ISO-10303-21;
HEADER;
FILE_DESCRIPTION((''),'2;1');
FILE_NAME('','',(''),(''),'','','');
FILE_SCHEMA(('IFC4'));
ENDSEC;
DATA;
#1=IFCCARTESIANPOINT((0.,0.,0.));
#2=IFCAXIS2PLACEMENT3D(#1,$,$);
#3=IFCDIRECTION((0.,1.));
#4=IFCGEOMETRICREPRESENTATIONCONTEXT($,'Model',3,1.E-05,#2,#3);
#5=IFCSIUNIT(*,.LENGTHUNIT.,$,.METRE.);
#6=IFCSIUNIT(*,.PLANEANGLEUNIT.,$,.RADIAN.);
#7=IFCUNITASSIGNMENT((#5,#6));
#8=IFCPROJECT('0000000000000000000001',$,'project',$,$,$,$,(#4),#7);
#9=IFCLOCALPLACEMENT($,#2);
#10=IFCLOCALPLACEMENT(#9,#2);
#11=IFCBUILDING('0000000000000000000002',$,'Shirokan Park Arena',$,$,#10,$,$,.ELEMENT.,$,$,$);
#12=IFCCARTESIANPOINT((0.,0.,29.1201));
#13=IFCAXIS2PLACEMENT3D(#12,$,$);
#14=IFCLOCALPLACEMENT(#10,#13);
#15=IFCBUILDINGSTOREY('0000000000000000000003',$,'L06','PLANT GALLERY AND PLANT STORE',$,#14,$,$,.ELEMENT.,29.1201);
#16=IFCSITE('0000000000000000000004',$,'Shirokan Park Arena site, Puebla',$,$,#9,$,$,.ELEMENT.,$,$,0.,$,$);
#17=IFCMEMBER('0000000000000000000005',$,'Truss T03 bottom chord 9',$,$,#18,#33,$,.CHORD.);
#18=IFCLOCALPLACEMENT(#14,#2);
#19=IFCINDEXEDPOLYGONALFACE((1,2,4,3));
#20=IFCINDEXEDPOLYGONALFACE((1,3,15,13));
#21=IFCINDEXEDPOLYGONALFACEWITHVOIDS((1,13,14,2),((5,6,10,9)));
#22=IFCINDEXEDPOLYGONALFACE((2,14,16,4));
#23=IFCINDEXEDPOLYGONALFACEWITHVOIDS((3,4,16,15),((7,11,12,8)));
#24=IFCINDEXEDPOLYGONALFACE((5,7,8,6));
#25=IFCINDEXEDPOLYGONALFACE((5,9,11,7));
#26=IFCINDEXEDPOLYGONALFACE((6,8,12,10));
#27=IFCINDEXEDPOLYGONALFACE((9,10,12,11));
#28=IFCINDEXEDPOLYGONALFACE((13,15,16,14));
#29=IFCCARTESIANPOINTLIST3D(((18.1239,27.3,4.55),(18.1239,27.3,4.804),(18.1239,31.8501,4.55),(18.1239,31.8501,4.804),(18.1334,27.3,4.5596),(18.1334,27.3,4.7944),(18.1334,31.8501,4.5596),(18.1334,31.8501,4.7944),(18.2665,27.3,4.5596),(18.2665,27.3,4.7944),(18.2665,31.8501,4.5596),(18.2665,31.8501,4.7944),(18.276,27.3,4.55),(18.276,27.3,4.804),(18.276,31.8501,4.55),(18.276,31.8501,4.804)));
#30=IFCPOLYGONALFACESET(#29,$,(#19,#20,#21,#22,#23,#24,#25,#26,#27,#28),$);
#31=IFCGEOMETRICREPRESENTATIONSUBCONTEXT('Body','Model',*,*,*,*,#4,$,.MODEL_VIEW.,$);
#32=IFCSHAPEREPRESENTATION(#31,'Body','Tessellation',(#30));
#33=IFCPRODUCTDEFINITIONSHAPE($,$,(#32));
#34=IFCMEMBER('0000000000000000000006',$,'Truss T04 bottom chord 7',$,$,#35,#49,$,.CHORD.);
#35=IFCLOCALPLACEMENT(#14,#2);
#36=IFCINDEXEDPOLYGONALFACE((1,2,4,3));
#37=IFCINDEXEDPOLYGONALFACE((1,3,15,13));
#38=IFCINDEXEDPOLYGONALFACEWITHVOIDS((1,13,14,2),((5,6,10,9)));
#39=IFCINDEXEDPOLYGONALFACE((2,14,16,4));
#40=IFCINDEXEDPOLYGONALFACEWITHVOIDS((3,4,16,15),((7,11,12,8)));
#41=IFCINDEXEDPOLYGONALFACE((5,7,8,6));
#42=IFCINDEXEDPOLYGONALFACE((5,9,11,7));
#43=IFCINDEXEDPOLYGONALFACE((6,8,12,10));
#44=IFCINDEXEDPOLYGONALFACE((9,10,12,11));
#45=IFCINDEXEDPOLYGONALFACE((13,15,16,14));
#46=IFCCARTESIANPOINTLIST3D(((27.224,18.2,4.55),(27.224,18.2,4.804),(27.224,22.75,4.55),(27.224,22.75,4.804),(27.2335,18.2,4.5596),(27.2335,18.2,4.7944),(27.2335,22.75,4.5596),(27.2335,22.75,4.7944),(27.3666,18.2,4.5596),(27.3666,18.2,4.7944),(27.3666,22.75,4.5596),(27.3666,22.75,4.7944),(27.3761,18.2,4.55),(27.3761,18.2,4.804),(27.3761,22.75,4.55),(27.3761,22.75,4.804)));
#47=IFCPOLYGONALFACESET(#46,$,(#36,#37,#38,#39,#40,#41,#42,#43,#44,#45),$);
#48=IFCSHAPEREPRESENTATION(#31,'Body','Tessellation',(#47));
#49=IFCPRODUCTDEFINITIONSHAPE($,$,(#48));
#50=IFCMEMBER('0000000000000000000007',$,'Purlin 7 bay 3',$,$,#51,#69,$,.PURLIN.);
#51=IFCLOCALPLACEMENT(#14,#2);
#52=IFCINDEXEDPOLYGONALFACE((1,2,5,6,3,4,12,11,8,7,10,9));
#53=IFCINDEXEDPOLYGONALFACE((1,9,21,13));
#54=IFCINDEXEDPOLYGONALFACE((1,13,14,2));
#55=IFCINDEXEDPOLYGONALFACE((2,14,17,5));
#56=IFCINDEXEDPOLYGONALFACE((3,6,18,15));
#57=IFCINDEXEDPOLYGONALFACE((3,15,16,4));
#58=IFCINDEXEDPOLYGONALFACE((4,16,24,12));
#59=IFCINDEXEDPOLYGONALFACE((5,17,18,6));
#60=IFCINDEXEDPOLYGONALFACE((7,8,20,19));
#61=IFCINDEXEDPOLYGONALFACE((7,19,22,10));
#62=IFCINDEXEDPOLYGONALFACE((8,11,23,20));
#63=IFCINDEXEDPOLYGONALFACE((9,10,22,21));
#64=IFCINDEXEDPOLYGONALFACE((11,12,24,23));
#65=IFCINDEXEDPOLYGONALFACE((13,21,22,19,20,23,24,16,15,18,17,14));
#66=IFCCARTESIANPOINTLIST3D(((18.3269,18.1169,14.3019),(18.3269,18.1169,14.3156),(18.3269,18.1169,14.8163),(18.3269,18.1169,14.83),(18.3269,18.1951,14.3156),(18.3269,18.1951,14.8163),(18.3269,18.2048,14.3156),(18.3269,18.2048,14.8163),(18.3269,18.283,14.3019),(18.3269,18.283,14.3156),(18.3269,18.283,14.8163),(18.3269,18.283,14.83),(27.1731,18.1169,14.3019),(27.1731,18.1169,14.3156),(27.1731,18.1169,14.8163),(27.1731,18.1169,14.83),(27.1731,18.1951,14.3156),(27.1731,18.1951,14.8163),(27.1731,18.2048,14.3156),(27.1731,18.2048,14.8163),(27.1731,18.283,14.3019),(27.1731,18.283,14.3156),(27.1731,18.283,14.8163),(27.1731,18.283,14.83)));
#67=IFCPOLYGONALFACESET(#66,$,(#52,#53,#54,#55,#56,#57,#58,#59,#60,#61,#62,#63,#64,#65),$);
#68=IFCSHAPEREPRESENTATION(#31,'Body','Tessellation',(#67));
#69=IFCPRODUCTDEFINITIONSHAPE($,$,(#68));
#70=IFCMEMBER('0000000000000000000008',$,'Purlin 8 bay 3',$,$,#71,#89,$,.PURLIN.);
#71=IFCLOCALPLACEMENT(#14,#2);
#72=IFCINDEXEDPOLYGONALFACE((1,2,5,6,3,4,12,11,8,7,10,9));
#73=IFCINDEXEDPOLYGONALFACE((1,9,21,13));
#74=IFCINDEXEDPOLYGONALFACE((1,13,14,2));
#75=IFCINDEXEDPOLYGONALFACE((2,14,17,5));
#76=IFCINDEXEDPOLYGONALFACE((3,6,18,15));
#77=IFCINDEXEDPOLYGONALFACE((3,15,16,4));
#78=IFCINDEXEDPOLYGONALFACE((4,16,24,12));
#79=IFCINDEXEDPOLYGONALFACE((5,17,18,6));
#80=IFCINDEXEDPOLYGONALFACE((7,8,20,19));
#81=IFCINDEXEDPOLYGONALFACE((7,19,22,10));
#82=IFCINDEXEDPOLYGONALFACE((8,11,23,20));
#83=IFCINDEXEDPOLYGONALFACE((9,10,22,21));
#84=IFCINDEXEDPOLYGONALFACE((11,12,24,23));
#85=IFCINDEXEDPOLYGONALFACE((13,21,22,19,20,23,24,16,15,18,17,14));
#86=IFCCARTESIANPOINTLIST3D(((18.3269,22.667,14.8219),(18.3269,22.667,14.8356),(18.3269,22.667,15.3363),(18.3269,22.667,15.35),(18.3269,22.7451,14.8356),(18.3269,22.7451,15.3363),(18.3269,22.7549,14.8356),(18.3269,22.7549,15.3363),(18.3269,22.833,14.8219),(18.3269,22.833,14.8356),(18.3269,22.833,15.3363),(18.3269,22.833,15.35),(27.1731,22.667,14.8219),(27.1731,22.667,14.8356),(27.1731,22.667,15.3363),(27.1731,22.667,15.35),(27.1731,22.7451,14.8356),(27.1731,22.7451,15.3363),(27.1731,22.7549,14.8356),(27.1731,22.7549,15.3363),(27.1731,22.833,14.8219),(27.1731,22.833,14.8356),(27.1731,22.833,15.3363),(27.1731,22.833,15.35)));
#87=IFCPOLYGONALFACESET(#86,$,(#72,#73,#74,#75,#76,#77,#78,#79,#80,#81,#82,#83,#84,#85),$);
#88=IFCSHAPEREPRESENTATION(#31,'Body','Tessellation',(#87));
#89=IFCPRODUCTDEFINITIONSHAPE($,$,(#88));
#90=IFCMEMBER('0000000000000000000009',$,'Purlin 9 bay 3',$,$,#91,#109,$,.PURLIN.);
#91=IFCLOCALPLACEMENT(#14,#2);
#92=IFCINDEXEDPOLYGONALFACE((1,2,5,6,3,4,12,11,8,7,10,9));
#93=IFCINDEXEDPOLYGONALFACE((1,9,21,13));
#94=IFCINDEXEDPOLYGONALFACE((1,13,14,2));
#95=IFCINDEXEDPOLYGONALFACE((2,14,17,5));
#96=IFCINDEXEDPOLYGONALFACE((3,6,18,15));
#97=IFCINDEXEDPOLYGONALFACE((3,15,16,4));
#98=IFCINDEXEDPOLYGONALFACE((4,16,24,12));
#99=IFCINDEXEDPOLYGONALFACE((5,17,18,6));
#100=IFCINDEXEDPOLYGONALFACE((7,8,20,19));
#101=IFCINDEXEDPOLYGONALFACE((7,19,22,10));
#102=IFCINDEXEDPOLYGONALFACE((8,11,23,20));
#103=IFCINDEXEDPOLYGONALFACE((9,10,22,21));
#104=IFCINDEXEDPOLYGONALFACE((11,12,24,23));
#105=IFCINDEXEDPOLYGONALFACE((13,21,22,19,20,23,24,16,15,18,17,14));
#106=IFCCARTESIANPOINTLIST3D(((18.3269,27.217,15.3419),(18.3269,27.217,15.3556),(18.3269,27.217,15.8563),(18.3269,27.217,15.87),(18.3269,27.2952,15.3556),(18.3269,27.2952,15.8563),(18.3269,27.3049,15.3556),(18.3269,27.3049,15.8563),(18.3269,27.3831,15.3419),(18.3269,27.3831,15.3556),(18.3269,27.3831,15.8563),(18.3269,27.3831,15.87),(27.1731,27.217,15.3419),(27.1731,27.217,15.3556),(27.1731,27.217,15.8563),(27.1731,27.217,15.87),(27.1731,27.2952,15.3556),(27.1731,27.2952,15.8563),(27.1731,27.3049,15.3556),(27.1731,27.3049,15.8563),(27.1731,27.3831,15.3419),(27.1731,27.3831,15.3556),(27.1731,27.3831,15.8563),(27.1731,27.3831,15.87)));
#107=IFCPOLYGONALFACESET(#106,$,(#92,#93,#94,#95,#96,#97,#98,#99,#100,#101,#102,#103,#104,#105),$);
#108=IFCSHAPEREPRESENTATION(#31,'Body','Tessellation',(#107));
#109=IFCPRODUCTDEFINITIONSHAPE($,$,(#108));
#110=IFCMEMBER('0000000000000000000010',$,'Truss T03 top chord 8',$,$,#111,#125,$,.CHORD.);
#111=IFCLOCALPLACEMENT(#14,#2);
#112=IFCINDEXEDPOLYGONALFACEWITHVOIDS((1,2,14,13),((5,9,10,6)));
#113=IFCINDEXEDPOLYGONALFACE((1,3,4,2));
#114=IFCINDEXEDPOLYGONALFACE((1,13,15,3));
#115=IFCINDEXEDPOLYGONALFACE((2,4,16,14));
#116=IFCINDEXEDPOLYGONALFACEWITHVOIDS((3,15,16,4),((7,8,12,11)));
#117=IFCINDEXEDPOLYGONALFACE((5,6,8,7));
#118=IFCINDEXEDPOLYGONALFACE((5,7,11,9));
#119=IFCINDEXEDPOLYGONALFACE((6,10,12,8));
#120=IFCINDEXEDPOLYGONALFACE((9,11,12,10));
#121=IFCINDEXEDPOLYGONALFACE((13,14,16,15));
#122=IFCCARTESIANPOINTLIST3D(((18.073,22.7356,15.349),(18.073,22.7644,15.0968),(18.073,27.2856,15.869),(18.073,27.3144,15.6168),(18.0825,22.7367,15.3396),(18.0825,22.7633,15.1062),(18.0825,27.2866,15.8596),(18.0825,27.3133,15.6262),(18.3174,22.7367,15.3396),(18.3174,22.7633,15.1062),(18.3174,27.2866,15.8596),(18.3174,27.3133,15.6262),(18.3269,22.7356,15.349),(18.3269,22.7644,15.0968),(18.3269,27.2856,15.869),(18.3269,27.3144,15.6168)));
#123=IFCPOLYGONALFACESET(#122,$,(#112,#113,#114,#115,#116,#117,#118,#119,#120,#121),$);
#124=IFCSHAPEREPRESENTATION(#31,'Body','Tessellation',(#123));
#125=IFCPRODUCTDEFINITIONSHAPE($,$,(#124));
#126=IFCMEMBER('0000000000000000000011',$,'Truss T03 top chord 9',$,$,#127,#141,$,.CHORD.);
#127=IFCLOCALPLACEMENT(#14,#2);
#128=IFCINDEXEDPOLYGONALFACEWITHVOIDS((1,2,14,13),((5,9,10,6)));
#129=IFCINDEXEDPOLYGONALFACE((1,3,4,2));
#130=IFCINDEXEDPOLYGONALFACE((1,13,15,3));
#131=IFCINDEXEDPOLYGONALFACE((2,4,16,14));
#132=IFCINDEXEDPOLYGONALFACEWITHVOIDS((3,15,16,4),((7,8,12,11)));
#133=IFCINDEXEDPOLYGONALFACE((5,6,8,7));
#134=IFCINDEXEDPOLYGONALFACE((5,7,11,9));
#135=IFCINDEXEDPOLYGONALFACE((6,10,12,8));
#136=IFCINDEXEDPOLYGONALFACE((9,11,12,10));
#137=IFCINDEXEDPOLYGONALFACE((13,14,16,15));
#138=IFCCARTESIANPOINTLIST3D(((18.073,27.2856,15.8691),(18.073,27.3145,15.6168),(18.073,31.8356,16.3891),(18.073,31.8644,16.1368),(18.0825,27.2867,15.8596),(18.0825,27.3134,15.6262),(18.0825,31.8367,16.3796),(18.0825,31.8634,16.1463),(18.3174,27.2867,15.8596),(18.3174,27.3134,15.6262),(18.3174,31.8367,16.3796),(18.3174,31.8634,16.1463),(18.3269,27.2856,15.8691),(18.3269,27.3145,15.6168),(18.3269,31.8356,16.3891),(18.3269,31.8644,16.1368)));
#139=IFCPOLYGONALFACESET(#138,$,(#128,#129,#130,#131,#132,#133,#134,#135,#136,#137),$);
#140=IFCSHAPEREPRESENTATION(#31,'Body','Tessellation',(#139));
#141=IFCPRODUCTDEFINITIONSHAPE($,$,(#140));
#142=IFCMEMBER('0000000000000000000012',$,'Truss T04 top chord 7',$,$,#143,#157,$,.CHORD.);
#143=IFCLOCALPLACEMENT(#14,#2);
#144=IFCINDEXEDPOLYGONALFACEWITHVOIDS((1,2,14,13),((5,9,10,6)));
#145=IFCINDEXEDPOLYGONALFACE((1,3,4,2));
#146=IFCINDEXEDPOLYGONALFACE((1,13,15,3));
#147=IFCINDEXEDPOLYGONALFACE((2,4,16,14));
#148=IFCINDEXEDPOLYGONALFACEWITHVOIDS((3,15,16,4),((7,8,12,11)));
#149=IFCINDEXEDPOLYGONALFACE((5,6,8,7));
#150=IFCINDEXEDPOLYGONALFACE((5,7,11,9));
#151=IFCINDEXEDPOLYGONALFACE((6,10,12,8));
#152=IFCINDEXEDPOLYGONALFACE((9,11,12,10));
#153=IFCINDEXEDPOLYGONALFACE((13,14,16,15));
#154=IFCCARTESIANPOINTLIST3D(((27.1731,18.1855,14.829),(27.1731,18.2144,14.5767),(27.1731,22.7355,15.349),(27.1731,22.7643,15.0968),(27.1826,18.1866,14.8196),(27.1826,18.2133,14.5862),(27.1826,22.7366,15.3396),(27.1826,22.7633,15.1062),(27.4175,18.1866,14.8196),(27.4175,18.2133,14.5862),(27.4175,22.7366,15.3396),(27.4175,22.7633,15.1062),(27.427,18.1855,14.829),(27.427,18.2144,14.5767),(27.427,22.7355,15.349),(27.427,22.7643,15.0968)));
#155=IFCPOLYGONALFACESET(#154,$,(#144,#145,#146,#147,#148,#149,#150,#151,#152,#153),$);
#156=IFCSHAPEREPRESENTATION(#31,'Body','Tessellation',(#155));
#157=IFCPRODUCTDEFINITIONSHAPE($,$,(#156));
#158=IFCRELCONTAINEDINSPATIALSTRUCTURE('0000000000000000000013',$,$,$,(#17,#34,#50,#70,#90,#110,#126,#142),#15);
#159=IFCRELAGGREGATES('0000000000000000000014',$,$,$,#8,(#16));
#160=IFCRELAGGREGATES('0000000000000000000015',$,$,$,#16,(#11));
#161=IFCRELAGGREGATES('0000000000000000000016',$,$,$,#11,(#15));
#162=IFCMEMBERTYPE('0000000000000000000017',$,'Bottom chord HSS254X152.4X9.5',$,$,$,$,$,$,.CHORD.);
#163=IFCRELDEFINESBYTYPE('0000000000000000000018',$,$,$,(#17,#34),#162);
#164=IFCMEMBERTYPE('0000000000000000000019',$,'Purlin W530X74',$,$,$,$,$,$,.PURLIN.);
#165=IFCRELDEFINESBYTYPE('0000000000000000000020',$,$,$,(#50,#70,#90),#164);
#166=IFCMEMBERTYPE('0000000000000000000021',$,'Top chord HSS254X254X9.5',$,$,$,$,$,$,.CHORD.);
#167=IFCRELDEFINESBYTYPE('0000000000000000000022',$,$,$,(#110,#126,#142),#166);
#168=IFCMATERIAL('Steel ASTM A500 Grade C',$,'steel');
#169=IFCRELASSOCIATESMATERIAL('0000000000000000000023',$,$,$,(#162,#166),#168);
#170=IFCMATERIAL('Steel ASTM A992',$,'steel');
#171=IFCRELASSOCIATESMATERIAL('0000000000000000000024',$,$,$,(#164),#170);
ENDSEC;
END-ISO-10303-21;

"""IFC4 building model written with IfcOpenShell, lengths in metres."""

from ifc_helpers import new_model, si_unit, direction, frame, origin, origin_2d, place, context, subcontext, project, spatial, hollow_rectangle, i_section, extrude, material, material_profile, profile_set, type_object, element, save


model = new_model("IFC4")

# Units and contexts
model_context = context("Model", 3, precision=1e-05, world=origin(), true_north=direction((0.0, 1.0)))
body_context = subcontext(model_context, "Body", "Model", "MODEL_VIEW")
ifc_project = project(units=[si_unit("LENGTHUNIT", "METRE"), si_unit("PLANEANGLEUNIT", "RADIAN")], contexts=[model_context])

# Site, building, storey
site_placement = place(None, origin())
site = spatial("IfcSite", under=ifc_project, at=site_placement, Name="Shirokan Park Arena site, Puebla", CompositionType="ELEMENT", RefElevation=0.0)
building_placement = place(site_placement, origin())
building = spatial("IfcBuilding", under=site, at=building_placement, Name="Shirokan Park Arena", CompositionType="ELEMENT")
storey_placement = place(building_placement, frame((0.0, 0.0, 29.1201)))
storey = spatial("IfcBuildingStorey", under=building, at=storey_placement, Name="L06", Description="PLANT GALLERY AND PLANT STORE", CompositionType="ELEMENT", Elevation=29.1201)

# Members
ifc_material_1 = material(Name="Steel ASTM A500 Grade C", Category="steel")
ifc_material_profile_1 = material_profile(ifc_material_1, hollow_rectangle(XDim=0.1521, YDim=0.2539, WallThickness=0.0095, at=origin_2d()), Name="HSS254X152.4X9.5")
ifc_profile_set_1 = profile_set([ifc_material_profile_1], Name="Steel ASTM A500 Grade C")
member_type_1 = type_object("IfcMemberType", Name="Bottom chord HSS254X152.4X9.5", PredefinedType="CHORD", material=ifc_profile_set_1)
for number, where, z_axis, x_axis, name in (
    (1, (18.2, 27.3, 4.677), (0.0, 1.0, 0.0), (-1.0, 0.0, 0.0), "Truss T03 bottom chord 9"),
    (2, (27.3, 18.2, 4.677), (0.0, 1.0, 0.0), (-1.0, 0.0, 0.0), "Truss T04 bottom chord 7"),
):
    element("IfcMember", number, at=place(storey_placement, frame(where, z_axis=z_axis, x_axis=x_axis)), inside=storey, type_object=member_type_1, Name=name, PredefinedType="CHORD", context=body_context, shape_type="SweptSolid", body=[
        extrude(hollow_rectangle(XDim=0.1521, YDim=0.2539, WallThickness=0.0095, at=origin_2d()), origin(), (0.0, 0.0, 1.0), 4.55),
    ])
ifc_material_2 = material(Name="Steel ASTM A992", Category="steel")
ifc_material_profile_2 = material_profile(ifc_material_2, i_section(OverallWidth=0.166, OverallDepth=0.5281, WebThickness=0.0098, FlangeThickness=0.0137, at=origin_2d()), Name="W530X74")
ifc_profile_set_2 = profile_set([ifc_material_profile_2], Name="Steel ASTM A992")
member_type_2 = type_object("IfcMemberType", Name="Purlin W530X74", PredefinedType="PURLIN", material=ifc_profile_set_2)
for number, where, z_axis, x_axis, name in (
    (3, (18.3269, 18.2, 14.5659), (1.0, 0.0, 0.0), (0.0, 1.0, 0.0), "Purlin 7 bay 3"),
    (4, (18.3269, 22.75, 15.0859), (1.0, 0.0, 0.0), (0.0, 1.0, 0.0), "Purlin 8 bay 3"),
    (5, (18.3269, 27.3, 15.606), (1.0, 0.0, 0.0), (0.0, 1.0, 0.0), "Purlin 9 bay 3"),
):
    element("IfcMember", number, at=place(storey_placement, frame(where, z_axis=z_axis, x_axis=x_axis)), inside=storey, type_object=member_type_2, Name=name, PredefinedType="PURLIN", context=body_context, shape_type="SweptSolid", body=[
        extrude(i_section(OverallWidth=0.166, OverallDepth=0.5281, WebThickness=0.0098, FlangeThickness=0.0137, at=origin_2d()), origin(), (0.0, 0.0, 1.0), 8.8462),
    ])
ifc_material_profile_3 = material_profile(ifc_material_1, hollow_rectangle(XDim=0.2539, YDim=0.2539, WallThickness=0.0095, at=origin_2d()), Name="HSS254X254X9.5")
ifc_profile_set_3 = profile_set([ifc_material_profile_3], Name="Steel ASTM A500 Grade C")
member_type_3 = type_object("IfcMemberType", Name="Top chord HSS254X254X9.5", PredefinedType="CHORD", material=ifc_profile_set_3)
for number, where, z_axis, x_axis, name in (
    (6, (18.2, 22.75, 15.2229), (0.0, 0.993532, 0.11355), (-1.0, 0.0, 0.0), "Truss T03 top chord 8"),
    (7, (18.2, 27.3, 15.7429), (0.0, 0.993532, 0.11355), (-1.0, 0.0, 0.0), "Truss T03 top chord 9"),
    (8, (27.3, 18.2, 14.7029), (0.0, 0.993532, 0.11355), (-1.0, 0.0, 0.0), "Truss T04 top chord 7"),
):
    element("IfcMember", number, at=place(storey_placement, frame(where, z_axis=z_axis, x_axis=x_axis)), inside=storey, type_object=member_type_3, Name=name, PredefinedType="CHORD", context=body_context, shape_type="SweptSolid", body=[
        extrude(hollow_rectangle(XDim=0.2539, YDim=0.2539, WallThickness=0.0095, at=origin_2d()), origin(), (0.0, 0.0, 1.0), 4.5796),
    ])

save(model, "model.ifc")
